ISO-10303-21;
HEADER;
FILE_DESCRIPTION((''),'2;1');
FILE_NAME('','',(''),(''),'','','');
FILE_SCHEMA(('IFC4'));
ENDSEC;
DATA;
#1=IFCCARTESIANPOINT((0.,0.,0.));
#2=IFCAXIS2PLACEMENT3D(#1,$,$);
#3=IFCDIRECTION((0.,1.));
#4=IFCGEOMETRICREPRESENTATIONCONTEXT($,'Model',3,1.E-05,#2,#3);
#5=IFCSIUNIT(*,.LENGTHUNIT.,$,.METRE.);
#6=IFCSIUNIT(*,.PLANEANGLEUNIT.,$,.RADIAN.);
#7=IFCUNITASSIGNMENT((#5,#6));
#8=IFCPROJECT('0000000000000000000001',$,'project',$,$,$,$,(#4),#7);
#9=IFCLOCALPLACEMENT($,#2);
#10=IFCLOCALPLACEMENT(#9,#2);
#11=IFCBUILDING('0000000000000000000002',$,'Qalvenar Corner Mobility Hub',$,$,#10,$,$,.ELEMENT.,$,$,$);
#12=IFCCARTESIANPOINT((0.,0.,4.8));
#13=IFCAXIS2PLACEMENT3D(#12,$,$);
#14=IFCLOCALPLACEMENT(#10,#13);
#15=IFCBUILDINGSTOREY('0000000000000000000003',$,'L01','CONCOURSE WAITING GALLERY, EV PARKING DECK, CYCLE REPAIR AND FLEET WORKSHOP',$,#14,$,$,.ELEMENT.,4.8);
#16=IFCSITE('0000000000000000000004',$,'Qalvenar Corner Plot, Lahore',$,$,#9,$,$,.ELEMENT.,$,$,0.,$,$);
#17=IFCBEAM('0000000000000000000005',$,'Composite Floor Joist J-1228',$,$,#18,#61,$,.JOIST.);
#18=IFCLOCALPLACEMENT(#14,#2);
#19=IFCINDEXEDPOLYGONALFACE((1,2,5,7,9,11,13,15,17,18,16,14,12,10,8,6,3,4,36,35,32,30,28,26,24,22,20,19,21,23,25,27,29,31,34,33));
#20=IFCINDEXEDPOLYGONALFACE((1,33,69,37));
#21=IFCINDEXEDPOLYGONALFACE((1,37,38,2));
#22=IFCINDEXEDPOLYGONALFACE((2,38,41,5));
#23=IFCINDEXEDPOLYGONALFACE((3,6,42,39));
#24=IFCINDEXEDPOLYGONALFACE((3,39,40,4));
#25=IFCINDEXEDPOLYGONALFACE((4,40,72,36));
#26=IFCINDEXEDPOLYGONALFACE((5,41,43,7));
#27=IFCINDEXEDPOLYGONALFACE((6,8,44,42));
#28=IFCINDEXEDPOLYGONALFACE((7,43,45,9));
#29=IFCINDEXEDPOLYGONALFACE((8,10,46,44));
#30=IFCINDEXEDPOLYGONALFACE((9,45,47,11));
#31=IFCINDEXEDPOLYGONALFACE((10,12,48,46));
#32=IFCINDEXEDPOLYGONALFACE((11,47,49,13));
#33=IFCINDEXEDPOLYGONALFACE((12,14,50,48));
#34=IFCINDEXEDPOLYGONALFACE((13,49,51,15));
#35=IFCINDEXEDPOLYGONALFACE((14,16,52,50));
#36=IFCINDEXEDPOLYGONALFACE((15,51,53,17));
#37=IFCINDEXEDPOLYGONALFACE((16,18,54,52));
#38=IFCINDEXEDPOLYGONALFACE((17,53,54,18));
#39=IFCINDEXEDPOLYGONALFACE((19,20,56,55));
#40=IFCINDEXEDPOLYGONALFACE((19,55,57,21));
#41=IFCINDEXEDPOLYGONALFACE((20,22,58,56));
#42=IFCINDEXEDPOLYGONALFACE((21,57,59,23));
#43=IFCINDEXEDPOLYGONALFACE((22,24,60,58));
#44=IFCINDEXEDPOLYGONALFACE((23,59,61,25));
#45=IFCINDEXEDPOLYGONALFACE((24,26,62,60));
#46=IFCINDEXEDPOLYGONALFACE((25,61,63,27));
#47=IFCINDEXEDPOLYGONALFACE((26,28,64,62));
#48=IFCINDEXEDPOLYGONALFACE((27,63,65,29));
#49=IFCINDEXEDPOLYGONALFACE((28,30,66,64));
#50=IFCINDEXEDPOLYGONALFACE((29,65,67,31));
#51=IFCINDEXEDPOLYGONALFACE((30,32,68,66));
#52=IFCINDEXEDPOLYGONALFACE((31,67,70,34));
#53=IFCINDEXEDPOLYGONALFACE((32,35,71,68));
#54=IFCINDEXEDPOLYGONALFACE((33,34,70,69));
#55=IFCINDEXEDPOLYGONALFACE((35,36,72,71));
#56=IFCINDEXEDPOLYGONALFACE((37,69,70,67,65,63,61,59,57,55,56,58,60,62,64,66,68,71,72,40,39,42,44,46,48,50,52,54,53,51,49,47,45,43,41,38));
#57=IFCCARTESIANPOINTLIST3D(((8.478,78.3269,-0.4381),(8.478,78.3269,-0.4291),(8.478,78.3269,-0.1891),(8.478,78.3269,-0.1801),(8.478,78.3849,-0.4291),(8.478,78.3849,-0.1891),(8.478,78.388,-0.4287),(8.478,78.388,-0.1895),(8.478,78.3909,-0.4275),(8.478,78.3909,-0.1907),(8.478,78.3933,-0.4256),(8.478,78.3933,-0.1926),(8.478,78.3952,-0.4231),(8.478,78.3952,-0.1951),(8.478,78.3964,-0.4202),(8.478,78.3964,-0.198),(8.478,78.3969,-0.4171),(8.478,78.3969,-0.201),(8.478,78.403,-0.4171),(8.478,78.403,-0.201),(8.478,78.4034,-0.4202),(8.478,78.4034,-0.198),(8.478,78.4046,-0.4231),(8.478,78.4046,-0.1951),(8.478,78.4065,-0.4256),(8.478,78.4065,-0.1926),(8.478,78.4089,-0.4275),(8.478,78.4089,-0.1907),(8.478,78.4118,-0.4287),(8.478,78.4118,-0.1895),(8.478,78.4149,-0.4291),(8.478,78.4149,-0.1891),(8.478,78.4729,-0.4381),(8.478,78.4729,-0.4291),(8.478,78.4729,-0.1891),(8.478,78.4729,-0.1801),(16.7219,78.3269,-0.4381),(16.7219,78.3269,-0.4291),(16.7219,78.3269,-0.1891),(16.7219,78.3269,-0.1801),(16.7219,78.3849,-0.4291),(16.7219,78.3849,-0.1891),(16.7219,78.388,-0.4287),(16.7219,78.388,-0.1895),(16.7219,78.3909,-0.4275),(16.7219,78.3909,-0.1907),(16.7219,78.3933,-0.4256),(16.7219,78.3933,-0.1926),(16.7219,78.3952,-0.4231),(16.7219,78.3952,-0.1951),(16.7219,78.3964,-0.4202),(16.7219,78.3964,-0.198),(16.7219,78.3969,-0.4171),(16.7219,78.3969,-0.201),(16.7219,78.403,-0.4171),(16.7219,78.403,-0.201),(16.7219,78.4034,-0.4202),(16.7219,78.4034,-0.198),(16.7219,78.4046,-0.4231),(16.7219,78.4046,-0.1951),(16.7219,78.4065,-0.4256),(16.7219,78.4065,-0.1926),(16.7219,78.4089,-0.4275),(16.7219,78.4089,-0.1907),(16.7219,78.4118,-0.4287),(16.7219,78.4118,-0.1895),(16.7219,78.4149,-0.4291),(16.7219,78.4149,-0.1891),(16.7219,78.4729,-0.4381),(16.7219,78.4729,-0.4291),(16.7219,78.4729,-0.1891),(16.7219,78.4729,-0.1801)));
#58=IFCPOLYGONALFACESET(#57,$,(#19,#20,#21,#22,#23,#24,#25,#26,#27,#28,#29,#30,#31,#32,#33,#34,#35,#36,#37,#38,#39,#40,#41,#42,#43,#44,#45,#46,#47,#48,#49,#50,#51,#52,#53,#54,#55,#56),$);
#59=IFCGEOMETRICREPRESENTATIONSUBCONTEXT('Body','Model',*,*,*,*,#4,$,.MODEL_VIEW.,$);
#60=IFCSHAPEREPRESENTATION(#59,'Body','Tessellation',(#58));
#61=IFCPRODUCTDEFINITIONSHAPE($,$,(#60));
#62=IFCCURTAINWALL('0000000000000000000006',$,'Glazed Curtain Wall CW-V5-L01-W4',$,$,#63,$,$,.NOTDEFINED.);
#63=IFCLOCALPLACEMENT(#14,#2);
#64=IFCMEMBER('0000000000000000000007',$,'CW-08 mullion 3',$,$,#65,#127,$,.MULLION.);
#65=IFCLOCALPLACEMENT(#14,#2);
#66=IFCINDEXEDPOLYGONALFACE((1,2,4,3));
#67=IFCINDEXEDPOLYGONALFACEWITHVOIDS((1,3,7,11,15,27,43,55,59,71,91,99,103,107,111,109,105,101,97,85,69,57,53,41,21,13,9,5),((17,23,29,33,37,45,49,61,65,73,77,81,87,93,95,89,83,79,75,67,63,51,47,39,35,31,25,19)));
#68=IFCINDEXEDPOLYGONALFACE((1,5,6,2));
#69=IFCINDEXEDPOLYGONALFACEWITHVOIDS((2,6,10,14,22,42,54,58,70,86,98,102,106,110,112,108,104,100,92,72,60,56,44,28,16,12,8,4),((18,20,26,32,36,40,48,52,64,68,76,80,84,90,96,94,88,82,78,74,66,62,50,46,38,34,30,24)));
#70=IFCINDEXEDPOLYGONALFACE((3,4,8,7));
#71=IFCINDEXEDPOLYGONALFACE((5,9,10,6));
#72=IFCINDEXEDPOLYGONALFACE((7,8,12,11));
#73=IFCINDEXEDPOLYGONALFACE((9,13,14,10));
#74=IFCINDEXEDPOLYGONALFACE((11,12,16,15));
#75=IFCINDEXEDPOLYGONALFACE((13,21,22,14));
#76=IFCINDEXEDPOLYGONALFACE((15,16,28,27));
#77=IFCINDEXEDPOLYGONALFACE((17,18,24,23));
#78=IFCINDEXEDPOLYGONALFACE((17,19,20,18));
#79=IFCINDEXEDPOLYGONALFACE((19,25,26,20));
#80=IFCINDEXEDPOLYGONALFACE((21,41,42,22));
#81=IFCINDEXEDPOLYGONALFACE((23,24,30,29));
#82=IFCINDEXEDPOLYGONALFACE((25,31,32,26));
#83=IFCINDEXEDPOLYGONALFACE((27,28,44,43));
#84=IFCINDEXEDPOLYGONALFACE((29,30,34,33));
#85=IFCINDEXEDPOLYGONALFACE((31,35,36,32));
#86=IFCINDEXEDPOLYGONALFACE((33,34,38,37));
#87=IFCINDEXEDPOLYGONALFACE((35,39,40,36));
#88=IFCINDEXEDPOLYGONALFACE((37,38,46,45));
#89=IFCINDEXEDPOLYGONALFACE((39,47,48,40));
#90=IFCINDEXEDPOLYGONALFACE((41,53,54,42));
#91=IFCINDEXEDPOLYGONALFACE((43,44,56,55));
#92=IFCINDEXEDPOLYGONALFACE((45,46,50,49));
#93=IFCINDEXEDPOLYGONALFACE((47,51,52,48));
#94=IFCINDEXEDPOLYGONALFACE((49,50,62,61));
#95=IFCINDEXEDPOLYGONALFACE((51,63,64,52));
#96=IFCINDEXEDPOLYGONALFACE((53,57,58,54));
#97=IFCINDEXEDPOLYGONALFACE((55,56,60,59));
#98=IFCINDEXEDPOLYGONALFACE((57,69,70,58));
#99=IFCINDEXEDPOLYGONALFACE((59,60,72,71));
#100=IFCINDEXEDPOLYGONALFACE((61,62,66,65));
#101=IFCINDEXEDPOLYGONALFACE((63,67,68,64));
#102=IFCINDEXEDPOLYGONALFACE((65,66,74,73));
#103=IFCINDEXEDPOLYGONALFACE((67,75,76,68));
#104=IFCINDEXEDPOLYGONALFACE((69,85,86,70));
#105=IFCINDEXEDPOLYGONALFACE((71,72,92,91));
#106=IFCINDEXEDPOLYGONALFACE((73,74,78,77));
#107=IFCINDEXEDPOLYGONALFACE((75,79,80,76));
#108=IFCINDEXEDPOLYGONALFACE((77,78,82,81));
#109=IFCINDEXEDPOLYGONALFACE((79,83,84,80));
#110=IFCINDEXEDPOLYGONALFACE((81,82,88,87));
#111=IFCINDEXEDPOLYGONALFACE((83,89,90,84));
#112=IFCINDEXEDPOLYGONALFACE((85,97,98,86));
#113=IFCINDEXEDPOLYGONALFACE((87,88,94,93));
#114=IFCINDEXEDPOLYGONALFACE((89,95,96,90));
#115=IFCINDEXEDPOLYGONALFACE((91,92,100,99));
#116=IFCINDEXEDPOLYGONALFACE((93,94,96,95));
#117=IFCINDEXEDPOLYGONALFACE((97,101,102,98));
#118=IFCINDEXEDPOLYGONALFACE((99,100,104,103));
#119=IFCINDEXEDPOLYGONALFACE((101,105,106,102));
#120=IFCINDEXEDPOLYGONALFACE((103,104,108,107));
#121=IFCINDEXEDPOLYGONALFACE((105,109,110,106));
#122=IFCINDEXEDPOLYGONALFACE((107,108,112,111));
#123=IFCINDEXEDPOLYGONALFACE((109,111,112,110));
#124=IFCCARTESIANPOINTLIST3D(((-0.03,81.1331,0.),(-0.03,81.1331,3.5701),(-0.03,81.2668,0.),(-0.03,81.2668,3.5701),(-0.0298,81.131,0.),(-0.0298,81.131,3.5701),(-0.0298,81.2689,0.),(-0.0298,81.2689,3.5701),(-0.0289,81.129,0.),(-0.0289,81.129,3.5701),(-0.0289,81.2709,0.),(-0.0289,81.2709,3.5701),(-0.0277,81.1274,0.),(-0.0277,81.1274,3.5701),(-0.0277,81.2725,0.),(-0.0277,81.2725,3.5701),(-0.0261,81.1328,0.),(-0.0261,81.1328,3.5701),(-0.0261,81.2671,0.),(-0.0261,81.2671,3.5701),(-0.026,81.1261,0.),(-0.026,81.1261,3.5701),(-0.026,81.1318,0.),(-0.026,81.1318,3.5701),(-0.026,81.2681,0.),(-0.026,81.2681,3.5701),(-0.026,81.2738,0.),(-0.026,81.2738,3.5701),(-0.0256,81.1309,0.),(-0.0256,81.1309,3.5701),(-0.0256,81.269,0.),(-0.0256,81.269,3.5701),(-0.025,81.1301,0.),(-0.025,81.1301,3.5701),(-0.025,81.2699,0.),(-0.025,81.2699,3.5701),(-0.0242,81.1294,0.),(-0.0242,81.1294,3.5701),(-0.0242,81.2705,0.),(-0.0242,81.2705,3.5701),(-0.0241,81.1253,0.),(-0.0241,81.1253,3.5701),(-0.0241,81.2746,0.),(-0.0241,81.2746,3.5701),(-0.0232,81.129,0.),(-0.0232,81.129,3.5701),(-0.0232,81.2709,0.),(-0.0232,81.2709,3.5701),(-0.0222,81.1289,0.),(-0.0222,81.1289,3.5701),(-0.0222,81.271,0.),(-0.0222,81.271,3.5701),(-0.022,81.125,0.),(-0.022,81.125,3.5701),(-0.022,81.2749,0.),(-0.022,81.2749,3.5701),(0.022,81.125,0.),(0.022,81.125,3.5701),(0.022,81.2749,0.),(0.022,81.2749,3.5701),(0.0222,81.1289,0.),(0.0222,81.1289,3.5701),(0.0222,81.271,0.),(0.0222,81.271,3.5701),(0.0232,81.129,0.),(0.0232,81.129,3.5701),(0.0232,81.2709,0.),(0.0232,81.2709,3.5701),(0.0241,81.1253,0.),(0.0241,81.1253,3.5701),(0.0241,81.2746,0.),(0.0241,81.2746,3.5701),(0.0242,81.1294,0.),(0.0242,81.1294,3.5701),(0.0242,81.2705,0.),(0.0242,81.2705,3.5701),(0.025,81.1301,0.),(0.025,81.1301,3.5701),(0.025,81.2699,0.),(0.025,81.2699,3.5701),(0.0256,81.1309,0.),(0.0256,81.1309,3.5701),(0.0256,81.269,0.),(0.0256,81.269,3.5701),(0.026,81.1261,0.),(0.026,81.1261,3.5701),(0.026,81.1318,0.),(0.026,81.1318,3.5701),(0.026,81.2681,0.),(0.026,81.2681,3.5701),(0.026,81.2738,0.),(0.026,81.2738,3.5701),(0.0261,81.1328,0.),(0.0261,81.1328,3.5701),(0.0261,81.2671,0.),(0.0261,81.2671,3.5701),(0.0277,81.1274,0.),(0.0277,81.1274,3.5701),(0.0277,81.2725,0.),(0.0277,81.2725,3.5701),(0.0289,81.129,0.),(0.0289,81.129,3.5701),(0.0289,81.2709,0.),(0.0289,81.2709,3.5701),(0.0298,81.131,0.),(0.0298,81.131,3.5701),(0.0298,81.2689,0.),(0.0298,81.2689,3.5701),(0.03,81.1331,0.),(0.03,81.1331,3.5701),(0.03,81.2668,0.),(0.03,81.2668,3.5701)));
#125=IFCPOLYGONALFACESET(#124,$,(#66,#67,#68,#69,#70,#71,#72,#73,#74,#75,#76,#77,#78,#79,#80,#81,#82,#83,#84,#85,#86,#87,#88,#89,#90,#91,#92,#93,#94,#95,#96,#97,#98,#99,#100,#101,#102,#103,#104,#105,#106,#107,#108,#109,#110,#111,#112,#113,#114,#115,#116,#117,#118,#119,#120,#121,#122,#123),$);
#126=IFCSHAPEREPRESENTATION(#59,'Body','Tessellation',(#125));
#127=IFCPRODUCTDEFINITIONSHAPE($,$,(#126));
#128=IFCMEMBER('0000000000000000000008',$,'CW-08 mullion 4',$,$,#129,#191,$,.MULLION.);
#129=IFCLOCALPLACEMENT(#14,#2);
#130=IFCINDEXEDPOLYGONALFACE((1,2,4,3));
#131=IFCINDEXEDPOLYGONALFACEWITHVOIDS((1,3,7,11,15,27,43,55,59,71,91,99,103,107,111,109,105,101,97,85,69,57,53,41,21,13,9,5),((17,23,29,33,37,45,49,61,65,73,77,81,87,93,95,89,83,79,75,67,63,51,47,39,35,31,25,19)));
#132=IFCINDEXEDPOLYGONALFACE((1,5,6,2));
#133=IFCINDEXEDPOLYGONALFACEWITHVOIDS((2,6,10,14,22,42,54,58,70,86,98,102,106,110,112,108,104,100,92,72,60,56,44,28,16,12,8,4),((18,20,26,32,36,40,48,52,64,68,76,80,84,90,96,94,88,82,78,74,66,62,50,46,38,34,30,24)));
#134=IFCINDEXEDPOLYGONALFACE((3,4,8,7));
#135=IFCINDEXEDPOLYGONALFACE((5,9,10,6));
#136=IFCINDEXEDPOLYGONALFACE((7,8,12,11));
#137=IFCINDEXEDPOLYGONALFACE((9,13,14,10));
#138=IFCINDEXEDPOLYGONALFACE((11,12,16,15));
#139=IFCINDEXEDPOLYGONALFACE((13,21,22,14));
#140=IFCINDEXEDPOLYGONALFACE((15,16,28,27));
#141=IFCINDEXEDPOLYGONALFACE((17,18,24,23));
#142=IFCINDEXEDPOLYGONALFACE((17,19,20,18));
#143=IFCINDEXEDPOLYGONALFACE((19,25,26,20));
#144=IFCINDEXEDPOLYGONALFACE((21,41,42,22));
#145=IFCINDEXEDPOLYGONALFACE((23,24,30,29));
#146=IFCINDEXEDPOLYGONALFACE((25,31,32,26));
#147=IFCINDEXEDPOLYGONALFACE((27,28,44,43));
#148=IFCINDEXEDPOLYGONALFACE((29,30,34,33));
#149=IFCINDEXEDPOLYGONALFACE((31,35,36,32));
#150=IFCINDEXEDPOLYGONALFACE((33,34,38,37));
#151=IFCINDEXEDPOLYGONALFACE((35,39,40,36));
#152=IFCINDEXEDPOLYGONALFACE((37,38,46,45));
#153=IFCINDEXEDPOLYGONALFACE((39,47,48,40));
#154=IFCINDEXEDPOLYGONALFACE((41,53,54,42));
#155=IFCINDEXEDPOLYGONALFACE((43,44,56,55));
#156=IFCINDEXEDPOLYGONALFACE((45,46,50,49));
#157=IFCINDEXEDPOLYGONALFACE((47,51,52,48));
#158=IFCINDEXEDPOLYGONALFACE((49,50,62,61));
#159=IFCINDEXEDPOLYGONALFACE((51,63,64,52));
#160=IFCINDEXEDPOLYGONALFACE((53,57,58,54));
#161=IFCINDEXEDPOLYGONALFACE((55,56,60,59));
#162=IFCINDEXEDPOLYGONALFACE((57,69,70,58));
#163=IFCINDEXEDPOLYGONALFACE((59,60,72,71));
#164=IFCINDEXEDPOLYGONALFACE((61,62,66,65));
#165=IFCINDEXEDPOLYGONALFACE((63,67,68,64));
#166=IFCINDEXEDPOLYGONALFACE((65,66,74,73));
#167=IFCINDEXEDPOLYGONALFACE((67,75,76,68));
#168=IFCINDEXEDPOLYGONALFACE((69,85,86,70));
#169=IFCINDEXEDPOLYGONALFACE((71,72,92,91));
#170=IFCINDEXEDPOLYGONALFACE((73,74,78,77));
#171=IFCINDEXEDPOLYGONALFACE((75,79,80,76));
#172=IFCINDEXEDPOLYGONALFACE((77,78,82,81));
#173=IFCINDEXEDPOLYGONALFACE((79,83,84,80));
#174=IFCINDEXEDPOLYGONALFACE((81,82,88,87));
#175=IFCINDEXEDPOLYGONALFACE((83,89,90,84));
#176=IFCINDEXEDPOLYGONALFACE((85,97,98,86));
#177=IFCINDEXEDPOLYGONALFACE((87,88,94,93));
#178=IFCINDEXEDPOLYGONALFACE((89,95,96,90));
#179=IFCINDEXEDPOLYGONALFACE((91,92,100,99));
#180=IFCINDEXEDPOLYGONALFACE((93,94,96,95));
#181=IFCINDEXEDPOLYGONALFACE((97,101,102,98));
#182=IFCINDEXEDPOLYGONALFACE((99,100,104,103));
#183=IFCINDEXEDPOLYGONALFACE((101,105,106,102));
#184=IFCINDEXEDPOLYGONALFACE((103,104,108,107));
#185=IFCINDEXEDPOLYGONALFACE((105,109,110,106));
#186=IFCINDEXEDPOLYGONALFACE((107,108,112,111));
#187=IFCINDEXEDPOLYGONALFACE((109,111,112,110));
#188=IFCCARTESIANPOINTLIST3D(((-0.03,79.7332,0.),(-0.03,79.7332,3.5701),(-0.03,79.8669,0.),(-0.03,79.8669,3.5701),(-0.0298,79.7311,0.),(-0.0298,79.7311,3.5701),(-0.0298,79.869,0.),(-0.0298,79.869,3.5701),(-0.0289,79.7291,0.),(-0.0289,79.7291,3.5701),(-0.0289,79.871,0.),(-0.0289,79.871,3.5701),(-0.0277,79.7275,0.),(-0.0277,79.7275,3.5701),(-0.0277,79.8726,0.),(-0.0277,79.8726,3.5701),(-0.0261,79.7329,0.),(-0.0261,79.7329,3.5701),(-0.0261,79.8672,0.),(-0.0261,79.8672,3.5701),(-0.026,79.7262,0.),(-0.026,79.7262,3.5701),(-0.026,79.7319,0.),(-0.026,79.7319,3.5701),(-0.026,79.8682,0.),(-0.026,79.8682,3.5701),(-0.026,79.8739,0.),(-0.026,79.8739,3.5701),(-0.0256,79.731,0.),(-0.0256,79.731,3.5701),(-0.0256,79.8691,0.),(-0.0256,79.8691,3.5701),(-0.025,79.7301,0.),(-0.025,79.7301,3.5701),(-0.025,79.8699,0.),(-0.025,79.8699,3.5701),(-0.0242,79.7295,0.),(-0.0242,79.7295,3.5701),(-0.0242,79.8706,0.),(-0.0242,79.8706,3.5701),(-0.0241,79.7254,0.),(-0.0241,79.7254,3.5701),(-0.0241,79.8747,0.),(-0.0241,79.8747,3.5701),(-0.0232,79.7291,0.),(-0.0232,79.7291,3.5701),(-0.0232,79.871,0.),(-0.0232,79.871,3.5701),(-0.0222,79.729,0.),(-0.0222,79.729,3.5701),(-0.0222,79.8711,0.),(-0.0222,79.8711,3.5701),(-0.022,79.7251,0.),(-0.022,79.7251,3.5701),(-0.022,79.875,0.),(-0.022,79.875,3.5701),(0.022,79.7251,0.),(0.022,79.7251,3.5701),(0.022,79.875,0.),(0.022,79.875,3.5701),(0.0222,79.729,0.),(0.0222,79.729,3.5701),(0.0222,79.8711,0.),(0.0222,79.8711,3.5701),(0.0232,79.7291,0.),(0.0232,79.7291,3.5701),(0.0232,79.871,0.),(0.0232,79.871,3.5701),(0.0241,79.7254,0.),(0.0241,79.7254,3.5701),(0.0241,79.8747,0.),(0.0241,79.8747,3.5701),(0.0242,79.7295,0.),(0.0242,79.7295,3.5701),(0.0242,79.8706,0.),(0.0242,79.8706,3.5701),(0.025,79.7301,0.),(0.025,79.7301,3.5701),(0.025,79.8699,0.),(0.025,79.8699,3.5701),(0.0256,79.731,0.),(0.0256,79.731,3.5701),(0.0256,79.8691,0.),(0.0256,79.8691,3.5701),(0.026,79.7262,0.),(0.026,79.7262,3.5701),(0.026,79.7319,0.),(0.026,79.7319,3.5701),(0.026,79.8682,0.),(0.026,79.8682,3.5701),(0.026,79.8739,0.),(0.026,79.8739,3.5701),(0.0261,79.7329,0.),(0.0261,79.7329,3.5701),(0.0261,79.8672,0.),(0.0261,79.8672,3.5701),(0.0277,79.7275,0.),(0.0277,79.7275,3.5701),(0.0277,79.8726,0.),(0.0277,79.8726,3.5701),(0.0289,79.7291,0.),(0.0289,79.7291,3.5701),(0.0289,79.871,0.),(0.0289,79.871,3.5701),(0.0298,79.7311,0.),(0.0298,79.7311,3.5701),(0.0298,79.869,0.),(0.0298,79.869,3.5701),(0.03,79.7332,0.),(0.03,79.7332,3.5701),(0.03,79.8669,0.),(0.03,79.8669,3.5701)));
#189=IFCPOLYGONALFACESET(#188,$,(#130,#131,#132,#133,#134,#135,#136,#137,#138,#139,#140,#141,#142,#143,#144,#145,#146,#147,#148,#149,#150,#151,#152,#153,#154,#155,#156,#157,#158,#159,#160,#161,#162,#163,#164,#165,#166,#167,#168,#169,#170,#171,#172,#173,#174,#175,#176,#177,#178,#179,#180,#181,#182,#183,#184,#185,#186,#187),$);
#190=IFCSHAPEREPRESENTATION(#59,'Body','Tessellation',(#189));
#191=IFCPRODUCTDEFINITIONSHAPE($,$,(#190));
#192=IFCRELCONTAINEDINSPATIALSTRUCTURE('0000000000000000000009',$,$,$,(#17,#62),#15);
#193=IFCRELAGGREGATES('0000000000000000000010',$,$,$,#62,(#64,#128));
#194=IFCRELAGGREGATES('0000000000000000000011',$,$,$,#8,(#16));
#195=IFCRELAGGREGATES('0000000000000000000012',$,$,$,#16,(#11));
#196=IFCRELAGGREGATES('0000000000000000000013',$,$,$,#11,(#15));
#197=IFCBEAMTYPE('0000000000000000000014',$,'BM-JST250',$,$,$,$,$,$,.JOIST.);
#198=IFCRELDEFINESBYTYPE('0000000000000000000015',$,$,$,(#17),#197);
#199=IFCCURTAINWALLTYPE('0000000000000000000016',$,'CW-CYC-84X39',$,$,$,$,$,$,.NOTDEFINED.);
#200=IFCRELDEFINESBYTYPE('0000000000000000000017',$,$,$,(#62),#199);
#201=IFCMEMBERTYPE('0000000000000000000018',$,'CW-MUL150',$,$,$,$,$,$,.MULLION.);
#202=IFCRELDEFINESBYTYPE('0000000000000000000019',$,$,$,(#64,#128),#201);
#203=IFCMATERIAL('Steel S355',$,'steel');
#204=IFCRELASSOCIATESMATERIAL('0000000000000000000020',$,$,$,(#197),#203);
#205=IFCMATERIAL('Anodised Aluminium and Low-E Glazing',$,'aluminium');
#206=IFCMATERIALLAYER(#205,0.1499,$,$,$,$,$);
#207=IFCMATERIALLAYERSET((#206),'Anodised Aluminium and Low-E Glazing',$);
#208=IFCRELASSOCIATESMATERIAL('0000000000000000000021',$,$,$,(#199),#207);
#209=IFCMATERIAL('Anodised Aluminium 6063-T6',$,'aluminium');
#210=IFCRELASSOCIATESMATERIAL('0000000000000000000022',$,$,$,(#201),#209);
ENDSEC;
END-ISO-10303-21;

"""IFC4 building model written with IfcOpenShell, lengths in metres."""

from ifc_helpers import new_model, si_unit, direction, frame, origin, origin_2d, place, context, subcontext, project, spatial, hollow_rectangle, i_section, extrude, material, layer, layer_set, material_profile, profile_set, type_object, element, aggregate, save


model = new_model("IFC4")

# Units and contexts
model_context = context("Model", 3, precision=1e-05, world=origin(), true_north=direction((0.0, 1.0)))
body_context = subcontext(model_context, "Body", "Model", "MODEL_VIEW")
ifc_project = project(units=[si_unit("LENGTHUNIT", "METRE"), si_unit("PLANEANGLEUNIT", "RADIAN")], contexts=[model_context])

# Site, building, storey
site_placement = place(None, origin())
site = spatial("IfcSite", under=ifc_project, at=site_placement, Name="Qalvenar Corner Plot, Lahore", CompositionType="ELEMENT", RefElevation=0.0)
building_placement = place(site_placement, origin())
building = spatial("IfcBuilding", under=site, at=building_placement, Name="Qalvenar Corner Mobility Hub", CompositionType="ELEMENT")
storey_placement = place(building_placement, frame((0.0, 0.0, 4.8)))
storey = spatial("IfcBuildingStorey", under=building, at=storey_placement, Name="L01", Description="CONCOURSE WAITING GALLERY, EV PARKING DECK, CYCLE REPAIR AND FLEET WORKSHOP", CompositionType="ELEMENT", Elevation=4.8)

# Beam
ifc_material_1 = material(Name="Steel S355", Category="steel")
ifc_material_profile_1 = material_profile(ifc_material_1, i_section(OverallWidth=0.146, OverallDepth=0.2581, WebThickness=0.0061, FlangeThickness=0.009, FilletRadius=0.012, at=origin_2d()), Name="W250x32.7")
ifc_profile_set_1 = profile_set([ifc_material_profile_1], Name="Steel S355")
beam_type_1 = type_object("IfcBeamType", Name="BM-JST250", PredefinedType="JOIST", material=ifc_profile_set_1)
beam_1_placement = place(storey_placement, frame((8.478, 78.3999, -0.3091), z_axis=(1.0, 0.0, 0.0), x_axis=(0.0, 1.0, 0.0)))
element("IfcBeam", 1, at=beam_1_placement, inside=storey, type_object=beam_type_1, Name="Composite Floor Joist J-1228", PredefinedType="JOIST", context=body_context, shape_type="SweptSolid", body=[
    extrude(i_section(OverallWidth=0.146, OverallDepth=0.2581, WebThickness=0.0061, FlangeThickness=0.009, FilletRadius=0.012, at=origin_2d()), origin(), (0.0, 0.0, 1.0), 8.2439),
])

# Curtain wall, members
ifc_material_2 = material(Name="Anodised Aluminium and Low-E Glazing", Category="aluminium")
ifc_layer_1 = layer(ifc_material_2, 0.1499)
ifc_layer_set_1 = layer_set([ifc_layer_1], Name="Anodised Aluminium and Low-E Glazing")
curtain_wall_type = type_object("IfcCurtainWallType", Name="CW-CYC-84X39", PredefinedType="NOTDEFINED", material=ifc_layer_set_1)
curtain_wall_placement = place(storey_placement, origin())
curtain_wall = element("IfcCurtainWall", 2, at=curtain_wall_placement, inside=storey, type_object=curtain_wall_type, Name="Glazed Curtain Wall CW-V5-L01-W4", PredefinedType="NOTDEFINED")
ifc_material_3 = material(Name="Anodised Aluminium 6063-T6", Category="aluminium")
ifc_material_profile_2 = material_profile(ifc_material_3, hollow_rectangle(XDim=0.0601, YDim=0.1499, WallThickness=0.0039, InnerFilletRadius=0.0039, OuterFilletRadius=0.0081, at=origin_2d()), Name="RHS150x60x4")
ifc_profile_set_2 = profile_set([ifc_material_profile_2], Name="Anodised Aluminium 6063-T6")
member_type_1 = type_object("IfcMemberType", Name="CW-MUL150", PredefinedType="MULLION", material=ifc_profile_set_2)
member_1_placement = place(storey_placement, frame((0.0, 81.2, 0.0), z_axis=(0.0, 0.0, 1.0), x_axis=(1.0, 0.0, 0.0)))
member_1 = element("IfcMember", 3, at=member_1_placement, type_object=member_type_1, Name="CW-08 mullion 3", PredefinedType="MULLION", context=body_context, shape_type="SweptSolid", body=[
    extrude(hollow_rectangle(XDim=0.0601, YDim=0.1499, WallThickness=0.0039, InnerFilletRadius=0.0039, OuterFilletRadius=0.0081, at=origin_2d()), origin(), (0.0, 0.0, 1.0), 3.5701),
])
member_2_placement = place(storey_placement, frame((0.0, 79.8, 0.0), z_axis=(0.0, 0.0, 1.0), x_axis=(1.0, 0.0, 0.0)))
member_2 = element("IfcMember", 4, at=member_2_placement, type_object=member_type_1, Name="CW-08 mullion 4", PredefinedType="MULLION", context=body_context, shape_type="SweptSolid", body=[
    extrude(hollow_rectangle(XDim=0.0601, YDim=0.1499, WallThickness=0.0039, InnerFilletRadius=0.0039, OuterFilletRadius=0.0081, at=origin_2d()), origin(), (0.0, 0.0, 1.0), 3.5701),
])
aggregate(curtain_wall, [member_1, member_2])

save(model, "model.ifc")
